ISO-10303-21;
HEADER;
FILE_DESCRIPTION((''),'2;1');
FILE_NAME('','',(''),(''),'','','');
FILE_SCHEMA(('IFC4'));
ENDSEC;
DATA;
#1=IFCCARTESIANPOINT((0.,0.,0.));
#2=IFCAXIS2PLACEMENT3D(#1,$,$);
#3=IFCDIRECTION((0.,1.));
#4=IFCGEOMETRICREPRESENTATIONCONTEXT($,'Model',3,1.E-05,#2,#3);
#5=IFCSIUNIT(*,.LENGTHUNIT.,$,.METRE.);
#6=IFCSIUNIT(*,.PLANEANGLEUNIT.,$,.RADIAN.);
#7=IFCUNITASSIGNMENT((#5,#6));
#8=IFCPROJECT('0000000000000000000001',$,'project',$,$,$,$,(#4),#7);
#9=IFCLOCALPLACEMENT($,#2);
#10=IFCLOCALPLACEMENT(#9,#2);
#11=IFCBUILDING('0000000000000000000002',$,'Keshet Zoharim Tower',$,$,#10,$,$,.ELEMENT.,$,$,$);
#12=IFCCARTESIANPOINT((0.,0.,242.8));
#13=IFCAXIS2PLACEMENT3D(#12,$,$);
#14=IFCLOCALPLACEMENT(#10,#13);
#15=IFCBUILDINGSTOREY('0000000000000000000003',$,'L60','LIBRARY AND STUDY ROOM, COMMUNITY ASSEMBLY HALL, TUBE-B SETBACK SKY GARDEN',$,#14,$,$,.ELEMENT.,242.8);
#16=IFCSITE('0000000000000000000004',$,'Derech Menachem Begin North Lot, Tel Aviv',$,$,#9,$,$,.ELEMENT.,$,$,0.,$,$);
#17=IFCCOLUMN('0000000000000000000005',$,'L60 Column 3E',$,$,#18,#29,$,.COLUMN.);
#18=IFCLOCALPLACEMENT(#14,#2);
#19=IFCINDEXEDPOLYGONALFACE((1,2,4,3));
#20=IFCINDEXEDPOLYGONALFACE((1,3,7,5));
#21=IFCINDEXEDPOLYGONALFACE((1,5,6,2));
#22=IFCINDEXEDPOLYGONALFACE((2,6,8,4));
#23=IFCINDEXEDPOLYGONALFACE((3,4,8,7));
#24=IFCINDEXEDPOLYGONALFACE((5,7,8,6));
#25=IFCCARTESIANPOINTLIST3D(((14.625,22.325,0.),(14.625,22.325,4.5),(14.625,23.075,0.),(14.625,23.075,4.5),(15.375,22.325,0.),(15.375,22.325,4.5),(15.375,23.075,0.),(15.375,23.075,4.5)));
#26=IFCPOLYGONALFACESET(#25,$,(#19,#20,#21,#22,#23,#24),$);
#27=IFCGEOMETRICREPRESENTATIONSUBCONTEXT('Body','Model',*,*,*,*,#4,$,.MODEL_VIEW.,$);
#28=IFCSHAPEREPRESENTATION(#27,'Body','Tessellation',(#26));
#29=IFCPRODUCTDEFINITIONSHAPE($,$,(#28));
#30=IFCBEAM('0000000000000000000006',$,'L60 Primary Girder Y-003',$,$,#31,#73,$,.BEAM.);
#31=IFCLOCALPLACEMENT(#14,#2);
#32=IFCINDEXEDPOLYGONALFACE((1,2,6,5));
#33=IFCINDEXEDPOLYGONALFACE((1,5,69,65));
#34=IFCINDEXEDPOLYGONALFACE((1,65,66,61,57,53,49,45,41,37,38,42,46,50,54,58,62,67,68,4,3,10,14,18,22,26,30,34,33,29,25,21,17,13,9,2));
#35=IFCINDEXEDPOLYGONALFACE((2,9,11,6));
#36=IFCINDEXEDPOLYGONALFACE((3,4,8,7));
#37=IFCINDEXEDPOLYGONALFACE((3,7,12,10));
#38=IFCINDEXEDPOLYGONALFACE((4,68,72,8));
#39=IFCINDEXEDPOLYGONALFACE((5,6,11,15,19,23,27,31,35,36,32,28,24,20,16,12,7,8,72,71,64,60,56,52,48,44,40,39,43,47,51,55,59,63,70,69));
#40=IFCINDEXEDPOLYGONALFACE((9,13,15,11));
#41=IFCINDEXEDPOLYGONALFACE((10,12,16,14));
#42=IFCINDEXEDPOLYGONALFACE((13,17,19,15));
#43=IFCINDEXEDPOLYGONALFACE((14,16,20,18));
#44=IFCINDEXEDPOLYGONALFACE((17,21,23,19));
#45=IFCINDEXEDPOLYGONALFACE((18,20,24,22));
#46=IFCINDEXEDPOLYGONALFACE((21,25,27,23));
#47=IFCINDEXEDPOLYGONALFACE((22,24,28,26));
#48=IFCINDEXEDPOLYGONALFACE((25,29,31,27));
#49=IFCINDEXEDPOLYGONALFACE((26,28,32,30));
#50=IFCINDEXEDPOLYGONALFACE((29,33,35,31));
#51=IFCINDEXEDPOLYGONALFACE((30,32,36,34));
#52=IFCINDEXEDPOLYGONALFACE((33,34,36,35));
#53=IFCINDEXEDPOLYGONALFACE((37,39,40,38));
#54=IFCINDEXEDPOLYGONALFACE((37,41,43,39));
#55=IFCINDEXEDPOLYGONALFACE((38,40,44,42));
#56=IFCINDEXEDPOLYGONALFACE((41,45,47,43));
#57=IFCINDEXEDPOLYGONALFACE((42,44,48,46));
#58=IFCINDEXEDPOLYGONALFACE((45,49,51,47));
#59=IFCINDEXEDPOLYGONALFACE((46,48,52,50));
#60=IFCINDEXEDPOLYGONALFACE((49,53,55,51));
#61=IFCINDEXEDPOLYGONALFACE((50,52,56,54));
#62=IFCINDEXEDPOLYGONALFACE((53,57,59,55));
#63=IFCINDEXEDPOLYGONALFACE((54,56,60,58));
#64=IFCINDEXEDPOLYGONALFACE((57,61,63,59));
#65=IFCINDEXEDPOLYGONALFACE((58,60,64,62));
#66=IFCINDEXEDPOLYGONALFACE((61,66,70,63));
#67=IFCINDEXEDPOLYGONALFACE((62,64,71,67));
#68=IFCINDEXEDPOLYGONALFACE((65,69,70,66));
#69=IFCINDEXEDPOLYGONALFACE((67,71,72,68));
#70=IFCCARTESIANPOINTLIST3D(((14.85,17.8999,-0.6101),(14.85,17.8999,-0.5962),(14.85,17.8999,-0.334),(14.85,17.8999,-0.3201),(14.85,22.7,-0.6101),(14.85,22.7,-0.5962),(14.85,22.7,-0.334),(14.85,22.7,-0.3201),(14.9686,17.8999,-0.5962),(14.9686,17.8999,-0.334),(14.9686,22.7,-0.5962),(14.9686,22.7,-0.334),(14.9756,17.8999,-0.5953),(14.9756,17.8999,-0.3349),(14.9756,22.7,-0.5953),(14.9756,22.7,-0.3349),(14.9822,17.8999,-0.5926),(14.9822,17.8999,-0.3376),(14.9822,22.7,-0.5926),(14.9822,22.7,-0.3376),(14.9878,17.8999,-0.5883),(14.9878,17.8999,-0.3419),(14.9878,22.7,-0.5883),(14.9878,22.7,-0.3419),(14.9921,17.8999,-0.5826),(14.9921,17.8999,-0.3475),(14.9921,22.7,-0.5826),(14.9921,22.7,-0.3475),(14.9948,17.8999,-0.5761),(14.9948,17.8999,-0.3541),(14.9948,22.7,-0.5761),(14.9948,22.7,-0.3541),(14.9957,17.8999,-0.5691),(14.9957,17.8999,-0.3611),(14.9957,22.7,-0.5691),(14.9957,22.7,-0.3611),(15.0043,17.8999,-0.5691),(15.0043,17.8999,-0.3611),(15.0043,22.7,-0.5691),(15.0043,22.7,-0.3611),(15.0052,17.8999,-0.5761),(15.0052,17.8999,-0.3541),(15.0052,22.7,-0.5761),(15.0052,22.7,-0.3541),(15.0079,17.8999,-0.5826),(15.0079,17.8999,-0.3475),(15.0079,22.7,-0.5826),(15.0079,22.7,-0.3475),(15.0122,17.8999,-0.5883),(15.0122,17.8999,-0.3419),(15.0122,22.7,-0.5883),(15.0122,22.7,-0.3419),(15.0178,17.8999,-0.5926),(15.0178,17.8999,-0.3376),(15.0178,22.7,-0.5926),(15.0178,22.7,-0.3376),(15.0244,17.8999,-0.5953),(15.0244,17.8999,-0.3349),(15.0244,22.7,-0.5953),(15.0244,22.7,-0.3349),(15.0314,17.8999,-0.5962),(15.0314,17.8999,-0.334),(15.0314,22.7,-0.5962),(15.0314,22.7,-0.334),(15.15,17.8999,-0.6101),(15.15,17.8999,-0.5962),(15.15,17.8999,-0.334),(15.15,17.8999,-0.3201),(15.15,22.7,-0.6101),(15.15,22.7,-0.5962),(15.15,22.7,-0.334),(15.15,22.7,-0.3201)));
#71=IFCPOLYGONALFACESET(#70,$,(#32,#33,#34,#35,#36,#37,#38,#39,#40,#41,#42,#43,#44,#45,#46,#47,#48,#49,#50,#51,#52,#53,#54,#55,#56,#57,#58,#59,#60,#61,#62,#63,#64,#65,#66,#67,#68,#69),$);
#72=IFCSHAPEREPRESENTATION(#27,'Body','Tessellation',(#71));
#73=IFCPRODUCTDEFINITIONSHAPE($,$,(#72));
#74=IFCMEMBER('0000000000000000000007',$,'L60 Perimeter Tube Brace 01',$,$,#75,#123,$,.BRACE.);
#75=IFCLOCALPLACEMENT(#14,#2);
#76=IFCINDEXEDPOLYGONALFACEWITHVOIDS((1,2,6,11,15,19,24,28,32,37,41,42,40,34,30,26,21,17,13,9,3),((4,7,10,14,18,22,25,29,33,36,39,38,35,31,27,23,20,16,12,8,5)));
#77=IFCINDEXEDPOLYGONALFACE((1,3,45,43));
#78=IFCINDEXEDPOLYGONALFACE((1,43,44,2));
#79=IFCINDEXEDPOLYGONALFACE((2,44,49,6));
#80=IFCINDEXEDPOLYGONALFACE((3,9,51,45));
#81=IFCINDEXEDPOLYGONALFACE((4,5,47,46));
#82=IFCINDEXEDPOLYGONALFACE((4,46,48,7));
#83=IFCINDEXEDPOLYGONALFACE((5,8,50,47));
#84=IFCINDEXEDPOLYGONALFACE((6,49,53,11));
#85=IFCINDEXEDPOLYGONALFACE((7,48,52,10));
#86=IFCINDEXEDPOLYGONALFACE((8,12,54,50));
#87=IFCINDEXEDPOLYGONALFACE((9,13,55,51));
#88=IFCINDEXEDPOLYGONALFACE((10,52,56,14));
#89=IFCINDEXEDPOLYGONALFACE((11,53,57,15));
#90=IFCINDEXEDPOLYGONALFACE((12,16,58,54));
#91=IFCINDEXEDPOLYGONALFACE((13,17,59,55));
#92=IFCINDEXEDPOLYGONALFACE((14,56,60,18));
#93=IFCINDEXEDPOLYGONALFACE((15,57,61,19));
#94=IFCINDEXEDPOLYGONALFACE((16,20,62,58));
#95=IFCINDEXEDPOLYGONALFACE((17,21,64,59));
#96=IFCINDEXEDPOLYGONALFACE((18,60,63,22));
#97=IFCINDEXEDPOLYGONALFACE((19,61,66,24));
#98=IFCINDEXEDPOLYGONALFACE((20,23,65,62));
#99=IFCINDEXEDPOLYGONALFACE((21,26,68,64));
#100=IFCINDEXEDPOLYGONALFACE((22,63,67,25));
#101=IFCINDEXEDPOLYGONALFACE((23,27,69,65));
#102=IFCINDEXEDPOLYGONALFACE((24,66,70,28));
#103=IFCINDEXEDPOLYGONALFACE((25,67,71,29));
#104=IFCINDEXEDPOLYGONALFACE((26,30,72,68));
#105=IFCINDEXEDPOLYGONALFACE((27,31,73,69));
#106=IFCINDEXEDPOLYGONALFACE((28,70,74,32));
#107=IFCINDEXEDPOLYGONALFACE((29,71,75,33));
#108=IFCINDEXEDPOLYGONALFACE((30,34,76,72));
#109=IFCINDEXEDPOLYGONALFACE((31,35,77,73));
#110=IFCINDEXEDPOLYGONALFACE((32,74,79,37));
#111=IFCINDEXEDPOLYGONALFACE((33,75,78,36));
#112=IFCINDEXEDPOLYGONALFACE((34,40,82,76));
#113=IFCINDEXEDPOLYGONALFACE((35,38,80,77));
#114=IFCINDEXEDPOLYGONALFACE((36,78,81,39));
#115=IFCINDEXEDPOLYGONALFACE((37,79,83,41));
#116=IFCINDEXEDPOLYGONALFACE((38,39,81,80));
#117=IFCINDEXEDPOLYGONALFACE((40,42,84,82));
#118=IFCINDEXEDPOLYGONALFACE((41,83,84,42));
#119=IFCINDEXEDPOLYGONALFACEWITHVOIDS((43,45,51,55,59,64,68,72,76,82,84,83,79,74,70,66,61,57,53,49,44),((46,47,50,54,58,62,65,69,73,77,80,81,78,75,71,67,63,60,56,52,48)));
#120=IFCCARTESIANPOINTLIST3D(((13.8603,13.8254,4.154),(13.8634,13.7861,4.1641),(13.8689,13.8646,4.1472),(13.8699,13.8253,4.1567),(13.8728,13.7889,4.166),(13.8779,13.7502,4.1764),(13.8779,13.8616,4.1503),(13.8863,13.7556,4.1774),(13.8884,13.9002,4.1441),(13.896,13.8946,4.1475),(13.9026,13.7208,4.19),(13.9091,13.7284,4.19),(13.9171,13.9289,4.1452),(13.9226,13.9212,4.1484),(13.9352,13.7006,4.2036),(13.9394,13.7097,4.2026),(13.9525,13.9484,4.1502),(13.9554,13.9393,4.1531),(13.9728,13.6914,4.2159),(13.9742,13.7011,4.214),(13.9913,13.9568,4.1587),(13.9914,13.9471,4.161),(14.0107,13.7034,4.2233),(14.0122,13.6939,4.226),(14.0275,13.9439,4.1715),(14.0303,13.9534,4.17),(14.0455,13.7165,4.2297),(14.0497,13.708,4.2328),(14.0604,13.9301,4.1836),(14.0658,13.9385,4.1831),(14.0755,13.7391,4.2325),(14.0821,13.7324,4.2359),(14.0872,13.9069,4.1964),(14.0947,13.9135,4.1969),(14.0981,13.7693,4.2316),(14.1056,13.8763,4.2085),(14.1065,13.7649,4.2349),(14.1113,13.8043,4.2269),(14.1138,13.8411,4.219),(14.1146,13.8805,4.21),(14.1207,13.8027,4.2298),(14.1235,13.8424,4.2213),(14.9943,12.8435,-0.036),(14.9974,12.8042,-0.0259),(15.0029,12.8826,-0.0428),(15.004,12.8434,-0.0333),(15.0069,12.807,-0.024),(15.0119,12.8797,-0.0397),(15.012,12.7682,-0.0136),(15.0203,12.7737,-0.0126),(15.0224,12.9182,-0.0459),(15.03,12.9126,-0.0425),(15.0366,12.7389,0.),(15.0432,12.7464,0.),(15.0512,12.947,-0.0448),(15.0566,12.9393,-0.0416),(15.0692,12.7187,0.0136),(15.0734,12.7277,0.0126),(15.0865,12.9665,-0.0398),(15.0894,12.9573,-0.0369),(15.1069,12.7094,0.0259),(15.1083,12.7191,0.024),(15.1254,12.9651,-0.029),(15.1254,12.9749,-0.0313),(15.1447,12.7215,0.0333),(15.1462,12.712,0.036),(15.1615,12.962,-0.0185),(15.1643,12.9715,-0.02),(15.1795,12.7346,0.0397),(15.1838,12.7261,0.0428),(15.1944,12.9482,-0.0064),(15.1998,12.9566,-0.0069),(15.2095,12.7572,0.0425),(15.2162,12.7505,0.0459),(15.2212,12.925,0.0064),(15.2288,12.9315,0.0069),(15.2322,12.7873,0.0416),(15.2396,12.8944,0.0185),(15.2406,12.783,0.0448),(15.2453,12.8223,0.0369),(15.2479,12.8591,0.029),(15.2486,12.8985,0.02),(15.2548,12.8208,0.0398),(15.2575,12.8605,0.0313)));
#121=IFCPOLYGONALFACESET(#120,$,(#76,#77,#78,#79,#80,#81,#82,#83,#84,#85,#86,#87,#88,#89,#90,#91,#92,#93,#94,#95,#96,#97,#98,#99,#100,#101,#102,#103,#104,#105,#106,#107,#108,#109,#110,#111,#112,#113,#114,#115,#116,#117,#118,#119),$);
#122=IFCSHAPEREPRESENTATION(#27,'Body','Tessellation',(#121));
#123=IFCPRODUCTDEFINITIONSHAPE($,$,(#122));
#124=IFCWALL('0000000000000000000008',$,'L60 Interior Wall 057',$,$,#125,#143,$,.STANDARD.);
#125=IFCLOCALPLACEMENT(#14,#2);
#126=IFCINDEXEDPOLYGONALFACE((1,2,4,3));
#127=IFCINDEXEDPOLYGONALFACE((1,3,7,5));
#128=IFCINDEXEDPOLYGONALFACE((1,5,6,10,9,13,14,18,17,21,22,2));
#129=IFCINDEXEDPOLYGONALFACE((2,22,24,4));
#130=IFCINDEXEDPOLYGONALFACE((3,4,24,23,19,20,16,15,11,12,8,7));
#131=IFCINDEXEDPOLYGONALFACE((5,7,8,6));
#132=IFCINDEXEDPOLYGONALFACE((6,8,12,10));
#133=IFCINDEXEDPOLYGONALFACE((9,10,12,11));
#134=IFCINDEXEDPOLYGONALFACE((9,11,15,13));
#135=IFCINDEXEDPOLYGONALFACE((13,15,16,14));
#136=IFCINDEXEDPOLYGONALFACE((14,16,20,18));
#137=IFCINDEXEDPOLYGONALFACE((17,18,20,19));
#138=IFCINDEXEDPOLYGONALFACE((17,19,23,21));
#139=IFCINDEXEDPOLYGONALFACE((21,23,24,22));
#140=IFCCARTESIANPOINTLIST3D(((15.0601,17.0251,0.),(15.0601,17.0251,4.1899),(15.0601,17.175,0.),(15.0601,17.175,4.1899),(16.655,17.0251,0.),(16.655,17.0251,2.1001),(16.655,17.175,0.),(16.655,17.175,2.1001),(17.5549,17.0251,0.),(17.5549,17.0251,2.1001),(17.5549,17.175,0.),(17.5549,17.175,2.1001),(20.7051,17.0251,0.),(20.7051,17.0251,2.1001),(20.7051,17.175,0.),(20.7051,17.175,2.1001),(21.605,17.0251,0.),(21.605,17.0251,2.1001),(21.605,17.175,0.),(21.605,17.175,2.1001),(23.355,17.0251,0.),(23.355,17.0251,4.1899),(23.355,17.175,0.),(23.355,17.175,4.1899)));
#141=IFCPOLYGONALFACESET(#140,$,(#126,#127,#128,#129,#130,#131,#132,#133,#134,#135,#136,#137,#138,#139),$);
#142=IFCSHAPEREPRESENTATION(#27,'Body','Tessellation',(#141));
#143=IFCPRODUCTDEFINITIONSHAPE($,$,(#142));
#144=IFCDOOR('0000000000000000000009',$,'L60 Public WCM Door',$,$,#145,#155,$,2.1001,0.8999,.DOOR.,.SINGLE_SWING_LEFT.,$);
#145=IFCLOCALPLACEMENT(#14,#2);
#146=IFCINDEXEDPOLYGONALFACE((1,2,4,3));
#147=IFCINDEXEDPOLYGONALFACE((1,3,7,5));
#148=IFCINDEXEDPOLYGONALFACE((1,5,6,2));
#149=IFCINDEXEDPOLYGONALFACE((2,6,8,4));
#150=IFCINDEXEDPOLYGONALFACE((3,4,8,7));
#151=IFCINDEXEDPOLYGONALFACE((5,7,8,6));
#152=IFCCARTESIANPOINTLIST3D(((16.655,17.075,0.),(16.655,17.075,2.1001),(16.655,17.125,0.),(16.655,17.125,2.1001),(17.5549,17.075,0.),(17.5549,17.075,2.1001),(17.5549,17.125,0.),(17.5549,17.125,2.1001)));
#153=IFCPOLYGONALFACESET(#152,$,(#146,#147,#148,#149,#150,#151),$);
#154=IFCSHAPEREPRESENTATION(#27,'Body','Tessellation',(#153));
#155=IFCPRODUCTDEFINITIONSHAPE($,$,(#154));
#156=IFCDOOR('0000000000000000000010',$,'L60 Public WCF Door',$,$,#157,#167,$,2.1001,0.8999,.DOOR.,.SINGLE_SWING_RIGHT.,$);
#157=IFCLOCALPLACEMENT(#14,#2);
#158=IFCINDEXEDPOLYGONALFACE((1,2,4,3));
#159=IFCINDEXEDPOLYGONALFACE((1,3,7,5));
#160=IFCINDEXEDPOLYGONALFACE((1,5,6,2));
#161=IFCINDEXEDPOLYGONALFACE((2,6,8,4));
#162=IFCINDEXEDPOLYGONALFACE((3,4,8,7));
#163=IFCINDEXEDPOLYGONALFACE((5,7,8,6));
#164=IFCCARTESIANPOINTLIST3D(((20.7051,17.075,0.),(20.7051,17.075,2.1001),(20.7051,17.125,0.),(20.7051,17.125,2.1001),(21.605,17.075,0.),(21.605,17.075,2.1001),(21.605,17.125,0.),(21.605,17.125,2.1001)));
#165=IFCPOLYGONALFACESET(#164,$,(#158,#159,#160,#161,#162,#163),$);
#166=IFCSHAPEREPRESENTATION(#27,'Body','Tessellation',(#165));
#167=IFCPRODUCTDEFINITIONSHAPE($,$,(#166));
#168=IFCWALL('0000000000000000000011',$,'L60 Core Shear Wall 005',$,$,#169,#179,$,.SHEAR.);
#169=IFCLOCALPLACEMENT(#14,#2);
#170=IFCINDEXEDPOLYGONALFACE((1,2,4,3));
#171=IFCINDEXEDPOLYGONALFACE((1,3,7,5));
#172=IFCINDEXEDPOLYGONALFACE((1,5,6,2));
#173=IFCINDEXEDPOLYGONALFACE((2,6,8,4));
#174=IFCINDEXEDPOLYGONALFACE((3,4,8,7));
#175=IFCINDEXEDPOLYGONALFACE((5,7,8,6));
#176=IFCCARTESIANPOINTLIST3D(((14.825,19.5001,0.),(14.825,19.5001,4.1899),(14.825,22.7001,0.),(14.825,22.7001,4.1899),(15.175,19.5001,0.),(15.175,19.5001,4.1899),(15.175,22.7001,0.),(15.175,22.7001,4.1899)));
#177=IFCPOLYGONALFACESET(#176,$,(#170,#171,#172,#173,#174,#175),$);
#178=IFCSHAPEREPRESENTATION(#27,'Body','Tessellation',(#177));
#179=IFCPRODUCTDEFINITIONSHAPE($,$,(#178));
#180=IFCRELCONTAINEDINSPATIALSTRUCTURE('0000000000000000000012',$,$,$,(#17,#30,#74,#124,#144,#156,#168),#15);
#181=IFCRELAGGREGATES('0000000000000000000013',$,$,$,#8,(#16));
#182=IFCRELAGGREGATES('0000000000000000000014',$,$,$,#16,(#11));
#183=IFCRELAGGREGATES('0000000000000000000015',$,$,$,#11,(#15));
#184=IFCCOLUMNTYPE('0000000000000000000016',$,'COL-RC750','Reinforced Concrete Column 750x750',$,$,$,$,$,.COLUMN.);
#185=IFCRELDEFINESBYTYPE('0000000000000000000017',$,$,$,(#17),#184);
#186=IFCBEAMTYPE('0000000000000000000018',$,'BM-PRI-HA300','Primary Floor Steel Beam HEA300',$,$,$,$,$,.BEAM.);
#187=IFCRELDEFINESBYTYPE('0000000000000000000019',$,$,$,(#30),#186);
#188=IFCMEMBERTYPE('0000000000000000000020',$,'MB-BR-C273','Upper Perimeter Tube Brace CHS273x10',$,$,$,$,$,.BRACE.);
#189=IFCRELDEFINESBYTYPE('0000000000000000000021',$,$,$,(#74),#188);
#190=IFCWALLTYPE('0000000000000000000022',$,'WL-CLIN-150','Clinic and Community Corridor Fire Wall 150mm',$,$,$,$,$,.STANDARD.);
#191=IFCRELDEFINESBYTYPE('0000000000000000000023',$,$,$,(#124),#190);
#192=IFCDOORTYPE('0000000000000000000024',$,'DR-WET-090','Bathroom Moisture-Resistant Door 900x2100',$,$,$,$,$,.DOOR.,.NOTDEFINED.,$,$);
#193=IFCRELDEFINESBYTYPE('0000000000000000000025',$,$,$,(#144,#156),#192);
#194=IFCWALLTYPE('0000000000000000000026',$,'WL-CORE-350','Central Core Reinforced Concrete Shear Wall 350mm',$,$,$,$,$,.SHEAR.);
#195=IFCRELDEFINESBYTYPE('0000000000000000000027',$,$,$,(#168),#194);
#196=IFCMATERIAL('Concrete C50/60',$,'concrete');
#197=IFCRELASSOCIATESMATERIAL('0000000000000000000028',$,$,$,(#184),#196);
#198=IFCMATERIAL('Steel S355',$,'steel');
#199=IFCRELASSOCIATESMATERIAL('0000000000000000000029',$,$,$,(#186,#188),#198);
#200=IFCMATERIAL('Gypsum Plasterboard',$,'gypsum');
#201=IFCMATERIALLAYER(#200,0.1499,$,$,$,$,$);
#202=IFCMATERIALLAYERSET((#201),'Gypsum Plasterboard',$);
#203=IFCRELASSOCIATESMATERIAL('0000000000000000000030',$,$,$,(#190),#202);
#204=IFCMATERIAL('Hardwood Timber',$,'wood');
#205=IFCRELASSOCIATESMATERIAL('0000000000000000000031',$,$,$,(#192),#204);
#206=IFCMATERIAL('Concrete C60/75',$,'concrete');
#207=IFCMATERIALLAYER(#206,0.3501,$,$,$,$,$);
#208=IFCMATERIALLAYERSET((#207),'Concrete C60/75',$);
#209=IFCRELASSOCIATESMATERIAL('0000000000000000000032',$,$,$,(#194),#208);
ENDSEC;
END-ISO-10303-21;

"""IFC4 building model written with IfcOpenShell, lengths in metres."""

from ifc_helpers import new_model, si_unit, direction, frame, frame_2d, origin, origin_2d, place, context, subcontext, project, spatial, rectangle, hollow_circle, i_section, extrude, material, layer, layer_set, material_profile, profile_set, type_object, element, fill, save


model = new_model("IFC4")

# Units and contexts
model_context = context("Model", 3, precision=1e-05, world=origin(), true_north=direction((0.0, 1.0)))
body_context = subcontext(model_context, "Body", "Model", "MODEL_VIEW")
ifc_project = project(units=[si_unit("LENGTHUNIT", "METRE"), si_unit("PLANEANGLEUNIT", "RADIAN")], contexts=[model_context])

# Site, building, storey
site_placement = place(None, origin())
site = spatial("IfcSite", under=ifc_project, at=site_placement, Name="Derech Menachem Begin North Lot, Tel Aviv", CompositionType="ELEMENT", RefElevation=0.0)
building_placement = place(site_placement, origin())
building = spatial("IfcBuilding", under=site, at=building_placement, Name="Keshet Zoharim Tower", CompositionType="ELEMENT")
storey_placement = place(building_placement, frame((0.0, 0.0, 242.8)))
storey = spatial("IfcBuildingStorey", under=building, at=storey_placement, Name="L60", Description="LIBRARY AND STUDY ROOM, COMMUNITY ASSEMBLY HALL, TUBE-B SETBACK SKY GARDEN", CompositionType="ELEMENT", Elevation=242.8)

# Column
ifc_material_1 = material(Name="Concrete C50/60", Category="concrete")
ifc_material_profile_1 = material_profile(ifc_material_1, rectangle(XDim=0.75, YDim=0.75, at=origin_2d()), Name="RC750x750")
ifc_profile_set_1 = profile_set([ifc_material_profile_1], Name="Concrete C50/60")
column_type = type_object("IfcColumnType", Name="COL-RC750", Description="Reinforced Concrete Column 750x750", PredefinedType="COLUMN", material=ifc_profile_set_1)
column_placement = place(storey_placement, frame((15.0, 22.7, 0.0), z_axis=(0.0, 0.0, 1.0), x_axis=(1.0, 0.0, 0.0)))
element("IfcColumn", 1, at=column_placement, inside=storey, type_object=column_type, Name="L60 Column 3E", PredefinedType="COLUMN", context=body_context, shape_type="SweptSolid", body=[
    extrude(rectangle(XDim=0.75, YDim=0.75, at=origin_2d()), origin(), (0.0, 0.0, 1.0), 4.5),
])

# Beam
ifc_material_2 = material(Name="Steel S355", Category="steel")
ifc_material_profile_2 = material_profile(ifc_material_2, i_section(OverallWidth=0.3, OverallDepth=0.29, WebThickness=0.0085, FlangeThickness=0.0139, FilletRadius=0.0271, at=origin_2d()), Name="HEA300")
ifc_profile_set_2 = profile_set([ifc_material_profile_2], Name="Steel S355")
beam_type = type_object("IfcBeamType", Name="BM-PRI-HA300", Description="Primary Floor Steel Beam HEA300", PredefinedType="BEAM", material=ifc_profile_set_2)
beam_placement = place(storey_placement, frame((15.0, 17.8999, -0.4651), z_axis=(0.0, 1.0, 0.0), x_axis=(-1.0, 0.0, 0.0)))
element("IfcBeam", 2, at=beam_placement, inside=storey, type_object=beam_type, Name="L60 Primary Girder Y-003", PredefinedType="BEAM", context=body_context, shape_type="SweptSolid", body=[
    extrude(i_section(OverallWidth=0.3, OverallDepth=0.29, WebThickness=0.0085, FlangeThickness=0.0139, FilletRadius=0.0271, at=origin_2d()), origin(), (0.0, 0.0, 1.0), 4.8),
])

# Member
ifc_material_profile_3 = material_profile(ifc_material_2, hollow_circle(Radius=0.1365, WallThickness=0.01, at=origin_2d()), Name="CHS273x10")
ifc_profile_set_3 = profile_set([ifc_material_profile_3], Name="Steel S355")
member_type = type_object("IfcMemberType", Name="MB-BR-C273", Description="Upper Perimeter Tube Brace CHS273x10", PredefinedType="BRACE", material=ifc_profile_set_3)
member_placement = place(storey_placement, frame((15.126, 12.842, 0.0), z_axis=(-0.254817, 0.220641, 0.941481), x_axis=(-0.65459, -0.755984, 0.0)))
element("IfcMember", 3, at=member_placement, inside=storey, type_object=member_type, Name="L60 Perimeter Tube Brace 01", PredefinedType="BRACE", context=body_context, shape_type="SweptSolid", body=[
    extrude(hollow_circle(Radius=0.1365, WallThickness=0.01, at=origin_2d()), origin(), (0.0, 0.0, 1.0), 4.4504),
])

# Wall, openings, doors
ifc_material_3 = material(Name="Gypsum Plasterboard", Category="gypsum")
ifc_layer_1 = layer(ifc_material_3, 0.1499)
ifc_layer_set_1 = layer_set([ifc_layer_1], Name="Gypsum Plasterboard")
wall_type_1 = type_object("IfcWallType", Name="WL-CLIN-150", Description="Clinic and Community Corridor Fire Wall 150mm", PredefinedType="STANDARD", material=ifc_layer_set_1)
wall_1_placement = place(storey_placement, frame((15.0601, 17.1001, 0.0), z_axis=(0.0, 0.0, 1.0), x_axis=(1.0, 0.0, 0.0)))
wall_1 = element("IfcWall", 4, at=wall_1_placement, inside=storey, type_object=wall_type_1, Name="L60 Interior Wall 057", PredefinedType="STANDARD", context=body_context, shape_type="SweptSolid", body=[
    extrude(rectangle(XDim=8.2949, YDim=0.1499, at=frame_2d((4.1475, 0.0))), origin(), (0.0, 0.0, 1.0), 4.1899),
])
opening_1_placement = place(wall_1_placement, frame((1.595, 0.0, 0.0)))
opening_1 = element("IfcOpeningElement", 5, at=opening_1_placement, cuts=wall_1, PredefinedType="OPENING", context=body_context, shape_type="SweptSolid", body=[
    extrude(rectangle(XDim=0.8999, YDim=2.1001, at=frame_2d((0.45, 1.05))), frame((0.0, 0.085, 0.0), z_axis=(0.0, -1.0, 0.0), x_axis=(1.0, 0.0, 0.0)), (0.0, 0.0, 1.0), 0.1699),
])
opening_2_placement = place(wall_1_placement, frame((5.645, 0.0, 0.0)))
opening_2 = element("IfcOpeningElement", 6, at=opening_2_placement, cuts=wall_1, PredefinedType="OPENING", context=body_context, shape_type="SweptSolid", body=[
    extrude(rectangle(XDim=0.8999, YDim=2.1001, at=frame_2d((0.45, 1.05))), frame((0.0, 0.085, 0.0), z_axis=(0.0, -1.0, 0.0), x_axis=(1.0, 0.0, 0.0)), (0.0, 0.0, 1.0), 0.1699),
])
ifc_material_4 = material(Name="Hardwood Timber", Category="wood")
door_type_1 = type_object("IfcDoorType", Name="DR-WET-090", Description="Bathroom Moisture-Resistant Door 900x2100", OperationType="NOTDEFINED", PredefinedType="DOOR", material=ifc_material_4)
door_1_placement = place(opening_1_placement, origin())
door_1 = element("IfcDoor", 7, at=door_1_placement, inside=storey, type_object=door_type_1, Name="L60 Public WCM Door", OperationType="SINGLE_SWING_LEFT", OverallHeight=2.1001, OverallWidth=0.8999, PredefinedType="DOOR", context=body_context, shape_type="SweptSolid", body=[
    extrude(rectangle(XDim=0.8999, YDim=2.1001, at=frame_2d((0.45, 1.05))), frame((0.0, 0.0249, 0.0), z_axis=(0.0, -1.0, 0.0), x_axis=(1.0, 0.0, 0.0)), (0.0, 0.0, 1.0), 0.05),
])
fill(opening_1, door_1)
door_2_placement = place(opening_2_placement, origin())
door_2 = element("IfcDoor", 8, at=door_2_placement, inside=storey, type_object=door_type_1, Name="L60 Public WCF Door", OperationType="SINGLE_SWING_RIGHT", OverallHeight=2.1001, OverallWidth=0.8999, PredefinedType="DOOR", context=body_context, shape_type="SweptSolid", body=[
    extrude(rectangle(XDim=0.8999, YDim=2.1001, at=frame_2d((0.45, 1.05))), frame((0.0, 0.0249, 0.0), z_axis=(0.0, -1.0, 0.0), x_axis=(1.0, 0.0, 0.0)), (0.0, 0.0, 1.0), 0.05),
])
fill(opening_2, door_2)

# Wall
ifc_material_5 = material(Name="Concrete C60/75", Category="concrete")
ifc_layer_2 = layer(ifc_material_5, 0.3501)
ifc_layer_set_2 = layer_set([ifc_layer_2], Name="Concrete C60/75")
wall_type_2 = type_object("IfcWallType", Name="WL-CORE-350", Description="Central Core Reinforced Concrete Shear Wall 350mm", PredefinedType="SHEAR", material=ifc_layer_set_2)
wall_2_placement = place(storey_placement, frame((15.0, 19.5, 0.0), z_axis=(0.0, 0.0, 1.0), x_axis=(0.0, 1.0, 0.0)))
element("IfcWall", 9, at=wall_2_placement, inside=storey, type_object=wall_type_2, Name="L60 Core Shear Wall 005", PredefinedType="SHEAR", context=body_context, shape_type="SweptSolid", body=[
    extrude(rectangle(XDim=3.2, YDim=0.3501, at=frame_2d((1.6001, 0.0))), origin(), (0.0, 0.0, 1.0), 4.1899),
])

save(model, "model.ifc")
